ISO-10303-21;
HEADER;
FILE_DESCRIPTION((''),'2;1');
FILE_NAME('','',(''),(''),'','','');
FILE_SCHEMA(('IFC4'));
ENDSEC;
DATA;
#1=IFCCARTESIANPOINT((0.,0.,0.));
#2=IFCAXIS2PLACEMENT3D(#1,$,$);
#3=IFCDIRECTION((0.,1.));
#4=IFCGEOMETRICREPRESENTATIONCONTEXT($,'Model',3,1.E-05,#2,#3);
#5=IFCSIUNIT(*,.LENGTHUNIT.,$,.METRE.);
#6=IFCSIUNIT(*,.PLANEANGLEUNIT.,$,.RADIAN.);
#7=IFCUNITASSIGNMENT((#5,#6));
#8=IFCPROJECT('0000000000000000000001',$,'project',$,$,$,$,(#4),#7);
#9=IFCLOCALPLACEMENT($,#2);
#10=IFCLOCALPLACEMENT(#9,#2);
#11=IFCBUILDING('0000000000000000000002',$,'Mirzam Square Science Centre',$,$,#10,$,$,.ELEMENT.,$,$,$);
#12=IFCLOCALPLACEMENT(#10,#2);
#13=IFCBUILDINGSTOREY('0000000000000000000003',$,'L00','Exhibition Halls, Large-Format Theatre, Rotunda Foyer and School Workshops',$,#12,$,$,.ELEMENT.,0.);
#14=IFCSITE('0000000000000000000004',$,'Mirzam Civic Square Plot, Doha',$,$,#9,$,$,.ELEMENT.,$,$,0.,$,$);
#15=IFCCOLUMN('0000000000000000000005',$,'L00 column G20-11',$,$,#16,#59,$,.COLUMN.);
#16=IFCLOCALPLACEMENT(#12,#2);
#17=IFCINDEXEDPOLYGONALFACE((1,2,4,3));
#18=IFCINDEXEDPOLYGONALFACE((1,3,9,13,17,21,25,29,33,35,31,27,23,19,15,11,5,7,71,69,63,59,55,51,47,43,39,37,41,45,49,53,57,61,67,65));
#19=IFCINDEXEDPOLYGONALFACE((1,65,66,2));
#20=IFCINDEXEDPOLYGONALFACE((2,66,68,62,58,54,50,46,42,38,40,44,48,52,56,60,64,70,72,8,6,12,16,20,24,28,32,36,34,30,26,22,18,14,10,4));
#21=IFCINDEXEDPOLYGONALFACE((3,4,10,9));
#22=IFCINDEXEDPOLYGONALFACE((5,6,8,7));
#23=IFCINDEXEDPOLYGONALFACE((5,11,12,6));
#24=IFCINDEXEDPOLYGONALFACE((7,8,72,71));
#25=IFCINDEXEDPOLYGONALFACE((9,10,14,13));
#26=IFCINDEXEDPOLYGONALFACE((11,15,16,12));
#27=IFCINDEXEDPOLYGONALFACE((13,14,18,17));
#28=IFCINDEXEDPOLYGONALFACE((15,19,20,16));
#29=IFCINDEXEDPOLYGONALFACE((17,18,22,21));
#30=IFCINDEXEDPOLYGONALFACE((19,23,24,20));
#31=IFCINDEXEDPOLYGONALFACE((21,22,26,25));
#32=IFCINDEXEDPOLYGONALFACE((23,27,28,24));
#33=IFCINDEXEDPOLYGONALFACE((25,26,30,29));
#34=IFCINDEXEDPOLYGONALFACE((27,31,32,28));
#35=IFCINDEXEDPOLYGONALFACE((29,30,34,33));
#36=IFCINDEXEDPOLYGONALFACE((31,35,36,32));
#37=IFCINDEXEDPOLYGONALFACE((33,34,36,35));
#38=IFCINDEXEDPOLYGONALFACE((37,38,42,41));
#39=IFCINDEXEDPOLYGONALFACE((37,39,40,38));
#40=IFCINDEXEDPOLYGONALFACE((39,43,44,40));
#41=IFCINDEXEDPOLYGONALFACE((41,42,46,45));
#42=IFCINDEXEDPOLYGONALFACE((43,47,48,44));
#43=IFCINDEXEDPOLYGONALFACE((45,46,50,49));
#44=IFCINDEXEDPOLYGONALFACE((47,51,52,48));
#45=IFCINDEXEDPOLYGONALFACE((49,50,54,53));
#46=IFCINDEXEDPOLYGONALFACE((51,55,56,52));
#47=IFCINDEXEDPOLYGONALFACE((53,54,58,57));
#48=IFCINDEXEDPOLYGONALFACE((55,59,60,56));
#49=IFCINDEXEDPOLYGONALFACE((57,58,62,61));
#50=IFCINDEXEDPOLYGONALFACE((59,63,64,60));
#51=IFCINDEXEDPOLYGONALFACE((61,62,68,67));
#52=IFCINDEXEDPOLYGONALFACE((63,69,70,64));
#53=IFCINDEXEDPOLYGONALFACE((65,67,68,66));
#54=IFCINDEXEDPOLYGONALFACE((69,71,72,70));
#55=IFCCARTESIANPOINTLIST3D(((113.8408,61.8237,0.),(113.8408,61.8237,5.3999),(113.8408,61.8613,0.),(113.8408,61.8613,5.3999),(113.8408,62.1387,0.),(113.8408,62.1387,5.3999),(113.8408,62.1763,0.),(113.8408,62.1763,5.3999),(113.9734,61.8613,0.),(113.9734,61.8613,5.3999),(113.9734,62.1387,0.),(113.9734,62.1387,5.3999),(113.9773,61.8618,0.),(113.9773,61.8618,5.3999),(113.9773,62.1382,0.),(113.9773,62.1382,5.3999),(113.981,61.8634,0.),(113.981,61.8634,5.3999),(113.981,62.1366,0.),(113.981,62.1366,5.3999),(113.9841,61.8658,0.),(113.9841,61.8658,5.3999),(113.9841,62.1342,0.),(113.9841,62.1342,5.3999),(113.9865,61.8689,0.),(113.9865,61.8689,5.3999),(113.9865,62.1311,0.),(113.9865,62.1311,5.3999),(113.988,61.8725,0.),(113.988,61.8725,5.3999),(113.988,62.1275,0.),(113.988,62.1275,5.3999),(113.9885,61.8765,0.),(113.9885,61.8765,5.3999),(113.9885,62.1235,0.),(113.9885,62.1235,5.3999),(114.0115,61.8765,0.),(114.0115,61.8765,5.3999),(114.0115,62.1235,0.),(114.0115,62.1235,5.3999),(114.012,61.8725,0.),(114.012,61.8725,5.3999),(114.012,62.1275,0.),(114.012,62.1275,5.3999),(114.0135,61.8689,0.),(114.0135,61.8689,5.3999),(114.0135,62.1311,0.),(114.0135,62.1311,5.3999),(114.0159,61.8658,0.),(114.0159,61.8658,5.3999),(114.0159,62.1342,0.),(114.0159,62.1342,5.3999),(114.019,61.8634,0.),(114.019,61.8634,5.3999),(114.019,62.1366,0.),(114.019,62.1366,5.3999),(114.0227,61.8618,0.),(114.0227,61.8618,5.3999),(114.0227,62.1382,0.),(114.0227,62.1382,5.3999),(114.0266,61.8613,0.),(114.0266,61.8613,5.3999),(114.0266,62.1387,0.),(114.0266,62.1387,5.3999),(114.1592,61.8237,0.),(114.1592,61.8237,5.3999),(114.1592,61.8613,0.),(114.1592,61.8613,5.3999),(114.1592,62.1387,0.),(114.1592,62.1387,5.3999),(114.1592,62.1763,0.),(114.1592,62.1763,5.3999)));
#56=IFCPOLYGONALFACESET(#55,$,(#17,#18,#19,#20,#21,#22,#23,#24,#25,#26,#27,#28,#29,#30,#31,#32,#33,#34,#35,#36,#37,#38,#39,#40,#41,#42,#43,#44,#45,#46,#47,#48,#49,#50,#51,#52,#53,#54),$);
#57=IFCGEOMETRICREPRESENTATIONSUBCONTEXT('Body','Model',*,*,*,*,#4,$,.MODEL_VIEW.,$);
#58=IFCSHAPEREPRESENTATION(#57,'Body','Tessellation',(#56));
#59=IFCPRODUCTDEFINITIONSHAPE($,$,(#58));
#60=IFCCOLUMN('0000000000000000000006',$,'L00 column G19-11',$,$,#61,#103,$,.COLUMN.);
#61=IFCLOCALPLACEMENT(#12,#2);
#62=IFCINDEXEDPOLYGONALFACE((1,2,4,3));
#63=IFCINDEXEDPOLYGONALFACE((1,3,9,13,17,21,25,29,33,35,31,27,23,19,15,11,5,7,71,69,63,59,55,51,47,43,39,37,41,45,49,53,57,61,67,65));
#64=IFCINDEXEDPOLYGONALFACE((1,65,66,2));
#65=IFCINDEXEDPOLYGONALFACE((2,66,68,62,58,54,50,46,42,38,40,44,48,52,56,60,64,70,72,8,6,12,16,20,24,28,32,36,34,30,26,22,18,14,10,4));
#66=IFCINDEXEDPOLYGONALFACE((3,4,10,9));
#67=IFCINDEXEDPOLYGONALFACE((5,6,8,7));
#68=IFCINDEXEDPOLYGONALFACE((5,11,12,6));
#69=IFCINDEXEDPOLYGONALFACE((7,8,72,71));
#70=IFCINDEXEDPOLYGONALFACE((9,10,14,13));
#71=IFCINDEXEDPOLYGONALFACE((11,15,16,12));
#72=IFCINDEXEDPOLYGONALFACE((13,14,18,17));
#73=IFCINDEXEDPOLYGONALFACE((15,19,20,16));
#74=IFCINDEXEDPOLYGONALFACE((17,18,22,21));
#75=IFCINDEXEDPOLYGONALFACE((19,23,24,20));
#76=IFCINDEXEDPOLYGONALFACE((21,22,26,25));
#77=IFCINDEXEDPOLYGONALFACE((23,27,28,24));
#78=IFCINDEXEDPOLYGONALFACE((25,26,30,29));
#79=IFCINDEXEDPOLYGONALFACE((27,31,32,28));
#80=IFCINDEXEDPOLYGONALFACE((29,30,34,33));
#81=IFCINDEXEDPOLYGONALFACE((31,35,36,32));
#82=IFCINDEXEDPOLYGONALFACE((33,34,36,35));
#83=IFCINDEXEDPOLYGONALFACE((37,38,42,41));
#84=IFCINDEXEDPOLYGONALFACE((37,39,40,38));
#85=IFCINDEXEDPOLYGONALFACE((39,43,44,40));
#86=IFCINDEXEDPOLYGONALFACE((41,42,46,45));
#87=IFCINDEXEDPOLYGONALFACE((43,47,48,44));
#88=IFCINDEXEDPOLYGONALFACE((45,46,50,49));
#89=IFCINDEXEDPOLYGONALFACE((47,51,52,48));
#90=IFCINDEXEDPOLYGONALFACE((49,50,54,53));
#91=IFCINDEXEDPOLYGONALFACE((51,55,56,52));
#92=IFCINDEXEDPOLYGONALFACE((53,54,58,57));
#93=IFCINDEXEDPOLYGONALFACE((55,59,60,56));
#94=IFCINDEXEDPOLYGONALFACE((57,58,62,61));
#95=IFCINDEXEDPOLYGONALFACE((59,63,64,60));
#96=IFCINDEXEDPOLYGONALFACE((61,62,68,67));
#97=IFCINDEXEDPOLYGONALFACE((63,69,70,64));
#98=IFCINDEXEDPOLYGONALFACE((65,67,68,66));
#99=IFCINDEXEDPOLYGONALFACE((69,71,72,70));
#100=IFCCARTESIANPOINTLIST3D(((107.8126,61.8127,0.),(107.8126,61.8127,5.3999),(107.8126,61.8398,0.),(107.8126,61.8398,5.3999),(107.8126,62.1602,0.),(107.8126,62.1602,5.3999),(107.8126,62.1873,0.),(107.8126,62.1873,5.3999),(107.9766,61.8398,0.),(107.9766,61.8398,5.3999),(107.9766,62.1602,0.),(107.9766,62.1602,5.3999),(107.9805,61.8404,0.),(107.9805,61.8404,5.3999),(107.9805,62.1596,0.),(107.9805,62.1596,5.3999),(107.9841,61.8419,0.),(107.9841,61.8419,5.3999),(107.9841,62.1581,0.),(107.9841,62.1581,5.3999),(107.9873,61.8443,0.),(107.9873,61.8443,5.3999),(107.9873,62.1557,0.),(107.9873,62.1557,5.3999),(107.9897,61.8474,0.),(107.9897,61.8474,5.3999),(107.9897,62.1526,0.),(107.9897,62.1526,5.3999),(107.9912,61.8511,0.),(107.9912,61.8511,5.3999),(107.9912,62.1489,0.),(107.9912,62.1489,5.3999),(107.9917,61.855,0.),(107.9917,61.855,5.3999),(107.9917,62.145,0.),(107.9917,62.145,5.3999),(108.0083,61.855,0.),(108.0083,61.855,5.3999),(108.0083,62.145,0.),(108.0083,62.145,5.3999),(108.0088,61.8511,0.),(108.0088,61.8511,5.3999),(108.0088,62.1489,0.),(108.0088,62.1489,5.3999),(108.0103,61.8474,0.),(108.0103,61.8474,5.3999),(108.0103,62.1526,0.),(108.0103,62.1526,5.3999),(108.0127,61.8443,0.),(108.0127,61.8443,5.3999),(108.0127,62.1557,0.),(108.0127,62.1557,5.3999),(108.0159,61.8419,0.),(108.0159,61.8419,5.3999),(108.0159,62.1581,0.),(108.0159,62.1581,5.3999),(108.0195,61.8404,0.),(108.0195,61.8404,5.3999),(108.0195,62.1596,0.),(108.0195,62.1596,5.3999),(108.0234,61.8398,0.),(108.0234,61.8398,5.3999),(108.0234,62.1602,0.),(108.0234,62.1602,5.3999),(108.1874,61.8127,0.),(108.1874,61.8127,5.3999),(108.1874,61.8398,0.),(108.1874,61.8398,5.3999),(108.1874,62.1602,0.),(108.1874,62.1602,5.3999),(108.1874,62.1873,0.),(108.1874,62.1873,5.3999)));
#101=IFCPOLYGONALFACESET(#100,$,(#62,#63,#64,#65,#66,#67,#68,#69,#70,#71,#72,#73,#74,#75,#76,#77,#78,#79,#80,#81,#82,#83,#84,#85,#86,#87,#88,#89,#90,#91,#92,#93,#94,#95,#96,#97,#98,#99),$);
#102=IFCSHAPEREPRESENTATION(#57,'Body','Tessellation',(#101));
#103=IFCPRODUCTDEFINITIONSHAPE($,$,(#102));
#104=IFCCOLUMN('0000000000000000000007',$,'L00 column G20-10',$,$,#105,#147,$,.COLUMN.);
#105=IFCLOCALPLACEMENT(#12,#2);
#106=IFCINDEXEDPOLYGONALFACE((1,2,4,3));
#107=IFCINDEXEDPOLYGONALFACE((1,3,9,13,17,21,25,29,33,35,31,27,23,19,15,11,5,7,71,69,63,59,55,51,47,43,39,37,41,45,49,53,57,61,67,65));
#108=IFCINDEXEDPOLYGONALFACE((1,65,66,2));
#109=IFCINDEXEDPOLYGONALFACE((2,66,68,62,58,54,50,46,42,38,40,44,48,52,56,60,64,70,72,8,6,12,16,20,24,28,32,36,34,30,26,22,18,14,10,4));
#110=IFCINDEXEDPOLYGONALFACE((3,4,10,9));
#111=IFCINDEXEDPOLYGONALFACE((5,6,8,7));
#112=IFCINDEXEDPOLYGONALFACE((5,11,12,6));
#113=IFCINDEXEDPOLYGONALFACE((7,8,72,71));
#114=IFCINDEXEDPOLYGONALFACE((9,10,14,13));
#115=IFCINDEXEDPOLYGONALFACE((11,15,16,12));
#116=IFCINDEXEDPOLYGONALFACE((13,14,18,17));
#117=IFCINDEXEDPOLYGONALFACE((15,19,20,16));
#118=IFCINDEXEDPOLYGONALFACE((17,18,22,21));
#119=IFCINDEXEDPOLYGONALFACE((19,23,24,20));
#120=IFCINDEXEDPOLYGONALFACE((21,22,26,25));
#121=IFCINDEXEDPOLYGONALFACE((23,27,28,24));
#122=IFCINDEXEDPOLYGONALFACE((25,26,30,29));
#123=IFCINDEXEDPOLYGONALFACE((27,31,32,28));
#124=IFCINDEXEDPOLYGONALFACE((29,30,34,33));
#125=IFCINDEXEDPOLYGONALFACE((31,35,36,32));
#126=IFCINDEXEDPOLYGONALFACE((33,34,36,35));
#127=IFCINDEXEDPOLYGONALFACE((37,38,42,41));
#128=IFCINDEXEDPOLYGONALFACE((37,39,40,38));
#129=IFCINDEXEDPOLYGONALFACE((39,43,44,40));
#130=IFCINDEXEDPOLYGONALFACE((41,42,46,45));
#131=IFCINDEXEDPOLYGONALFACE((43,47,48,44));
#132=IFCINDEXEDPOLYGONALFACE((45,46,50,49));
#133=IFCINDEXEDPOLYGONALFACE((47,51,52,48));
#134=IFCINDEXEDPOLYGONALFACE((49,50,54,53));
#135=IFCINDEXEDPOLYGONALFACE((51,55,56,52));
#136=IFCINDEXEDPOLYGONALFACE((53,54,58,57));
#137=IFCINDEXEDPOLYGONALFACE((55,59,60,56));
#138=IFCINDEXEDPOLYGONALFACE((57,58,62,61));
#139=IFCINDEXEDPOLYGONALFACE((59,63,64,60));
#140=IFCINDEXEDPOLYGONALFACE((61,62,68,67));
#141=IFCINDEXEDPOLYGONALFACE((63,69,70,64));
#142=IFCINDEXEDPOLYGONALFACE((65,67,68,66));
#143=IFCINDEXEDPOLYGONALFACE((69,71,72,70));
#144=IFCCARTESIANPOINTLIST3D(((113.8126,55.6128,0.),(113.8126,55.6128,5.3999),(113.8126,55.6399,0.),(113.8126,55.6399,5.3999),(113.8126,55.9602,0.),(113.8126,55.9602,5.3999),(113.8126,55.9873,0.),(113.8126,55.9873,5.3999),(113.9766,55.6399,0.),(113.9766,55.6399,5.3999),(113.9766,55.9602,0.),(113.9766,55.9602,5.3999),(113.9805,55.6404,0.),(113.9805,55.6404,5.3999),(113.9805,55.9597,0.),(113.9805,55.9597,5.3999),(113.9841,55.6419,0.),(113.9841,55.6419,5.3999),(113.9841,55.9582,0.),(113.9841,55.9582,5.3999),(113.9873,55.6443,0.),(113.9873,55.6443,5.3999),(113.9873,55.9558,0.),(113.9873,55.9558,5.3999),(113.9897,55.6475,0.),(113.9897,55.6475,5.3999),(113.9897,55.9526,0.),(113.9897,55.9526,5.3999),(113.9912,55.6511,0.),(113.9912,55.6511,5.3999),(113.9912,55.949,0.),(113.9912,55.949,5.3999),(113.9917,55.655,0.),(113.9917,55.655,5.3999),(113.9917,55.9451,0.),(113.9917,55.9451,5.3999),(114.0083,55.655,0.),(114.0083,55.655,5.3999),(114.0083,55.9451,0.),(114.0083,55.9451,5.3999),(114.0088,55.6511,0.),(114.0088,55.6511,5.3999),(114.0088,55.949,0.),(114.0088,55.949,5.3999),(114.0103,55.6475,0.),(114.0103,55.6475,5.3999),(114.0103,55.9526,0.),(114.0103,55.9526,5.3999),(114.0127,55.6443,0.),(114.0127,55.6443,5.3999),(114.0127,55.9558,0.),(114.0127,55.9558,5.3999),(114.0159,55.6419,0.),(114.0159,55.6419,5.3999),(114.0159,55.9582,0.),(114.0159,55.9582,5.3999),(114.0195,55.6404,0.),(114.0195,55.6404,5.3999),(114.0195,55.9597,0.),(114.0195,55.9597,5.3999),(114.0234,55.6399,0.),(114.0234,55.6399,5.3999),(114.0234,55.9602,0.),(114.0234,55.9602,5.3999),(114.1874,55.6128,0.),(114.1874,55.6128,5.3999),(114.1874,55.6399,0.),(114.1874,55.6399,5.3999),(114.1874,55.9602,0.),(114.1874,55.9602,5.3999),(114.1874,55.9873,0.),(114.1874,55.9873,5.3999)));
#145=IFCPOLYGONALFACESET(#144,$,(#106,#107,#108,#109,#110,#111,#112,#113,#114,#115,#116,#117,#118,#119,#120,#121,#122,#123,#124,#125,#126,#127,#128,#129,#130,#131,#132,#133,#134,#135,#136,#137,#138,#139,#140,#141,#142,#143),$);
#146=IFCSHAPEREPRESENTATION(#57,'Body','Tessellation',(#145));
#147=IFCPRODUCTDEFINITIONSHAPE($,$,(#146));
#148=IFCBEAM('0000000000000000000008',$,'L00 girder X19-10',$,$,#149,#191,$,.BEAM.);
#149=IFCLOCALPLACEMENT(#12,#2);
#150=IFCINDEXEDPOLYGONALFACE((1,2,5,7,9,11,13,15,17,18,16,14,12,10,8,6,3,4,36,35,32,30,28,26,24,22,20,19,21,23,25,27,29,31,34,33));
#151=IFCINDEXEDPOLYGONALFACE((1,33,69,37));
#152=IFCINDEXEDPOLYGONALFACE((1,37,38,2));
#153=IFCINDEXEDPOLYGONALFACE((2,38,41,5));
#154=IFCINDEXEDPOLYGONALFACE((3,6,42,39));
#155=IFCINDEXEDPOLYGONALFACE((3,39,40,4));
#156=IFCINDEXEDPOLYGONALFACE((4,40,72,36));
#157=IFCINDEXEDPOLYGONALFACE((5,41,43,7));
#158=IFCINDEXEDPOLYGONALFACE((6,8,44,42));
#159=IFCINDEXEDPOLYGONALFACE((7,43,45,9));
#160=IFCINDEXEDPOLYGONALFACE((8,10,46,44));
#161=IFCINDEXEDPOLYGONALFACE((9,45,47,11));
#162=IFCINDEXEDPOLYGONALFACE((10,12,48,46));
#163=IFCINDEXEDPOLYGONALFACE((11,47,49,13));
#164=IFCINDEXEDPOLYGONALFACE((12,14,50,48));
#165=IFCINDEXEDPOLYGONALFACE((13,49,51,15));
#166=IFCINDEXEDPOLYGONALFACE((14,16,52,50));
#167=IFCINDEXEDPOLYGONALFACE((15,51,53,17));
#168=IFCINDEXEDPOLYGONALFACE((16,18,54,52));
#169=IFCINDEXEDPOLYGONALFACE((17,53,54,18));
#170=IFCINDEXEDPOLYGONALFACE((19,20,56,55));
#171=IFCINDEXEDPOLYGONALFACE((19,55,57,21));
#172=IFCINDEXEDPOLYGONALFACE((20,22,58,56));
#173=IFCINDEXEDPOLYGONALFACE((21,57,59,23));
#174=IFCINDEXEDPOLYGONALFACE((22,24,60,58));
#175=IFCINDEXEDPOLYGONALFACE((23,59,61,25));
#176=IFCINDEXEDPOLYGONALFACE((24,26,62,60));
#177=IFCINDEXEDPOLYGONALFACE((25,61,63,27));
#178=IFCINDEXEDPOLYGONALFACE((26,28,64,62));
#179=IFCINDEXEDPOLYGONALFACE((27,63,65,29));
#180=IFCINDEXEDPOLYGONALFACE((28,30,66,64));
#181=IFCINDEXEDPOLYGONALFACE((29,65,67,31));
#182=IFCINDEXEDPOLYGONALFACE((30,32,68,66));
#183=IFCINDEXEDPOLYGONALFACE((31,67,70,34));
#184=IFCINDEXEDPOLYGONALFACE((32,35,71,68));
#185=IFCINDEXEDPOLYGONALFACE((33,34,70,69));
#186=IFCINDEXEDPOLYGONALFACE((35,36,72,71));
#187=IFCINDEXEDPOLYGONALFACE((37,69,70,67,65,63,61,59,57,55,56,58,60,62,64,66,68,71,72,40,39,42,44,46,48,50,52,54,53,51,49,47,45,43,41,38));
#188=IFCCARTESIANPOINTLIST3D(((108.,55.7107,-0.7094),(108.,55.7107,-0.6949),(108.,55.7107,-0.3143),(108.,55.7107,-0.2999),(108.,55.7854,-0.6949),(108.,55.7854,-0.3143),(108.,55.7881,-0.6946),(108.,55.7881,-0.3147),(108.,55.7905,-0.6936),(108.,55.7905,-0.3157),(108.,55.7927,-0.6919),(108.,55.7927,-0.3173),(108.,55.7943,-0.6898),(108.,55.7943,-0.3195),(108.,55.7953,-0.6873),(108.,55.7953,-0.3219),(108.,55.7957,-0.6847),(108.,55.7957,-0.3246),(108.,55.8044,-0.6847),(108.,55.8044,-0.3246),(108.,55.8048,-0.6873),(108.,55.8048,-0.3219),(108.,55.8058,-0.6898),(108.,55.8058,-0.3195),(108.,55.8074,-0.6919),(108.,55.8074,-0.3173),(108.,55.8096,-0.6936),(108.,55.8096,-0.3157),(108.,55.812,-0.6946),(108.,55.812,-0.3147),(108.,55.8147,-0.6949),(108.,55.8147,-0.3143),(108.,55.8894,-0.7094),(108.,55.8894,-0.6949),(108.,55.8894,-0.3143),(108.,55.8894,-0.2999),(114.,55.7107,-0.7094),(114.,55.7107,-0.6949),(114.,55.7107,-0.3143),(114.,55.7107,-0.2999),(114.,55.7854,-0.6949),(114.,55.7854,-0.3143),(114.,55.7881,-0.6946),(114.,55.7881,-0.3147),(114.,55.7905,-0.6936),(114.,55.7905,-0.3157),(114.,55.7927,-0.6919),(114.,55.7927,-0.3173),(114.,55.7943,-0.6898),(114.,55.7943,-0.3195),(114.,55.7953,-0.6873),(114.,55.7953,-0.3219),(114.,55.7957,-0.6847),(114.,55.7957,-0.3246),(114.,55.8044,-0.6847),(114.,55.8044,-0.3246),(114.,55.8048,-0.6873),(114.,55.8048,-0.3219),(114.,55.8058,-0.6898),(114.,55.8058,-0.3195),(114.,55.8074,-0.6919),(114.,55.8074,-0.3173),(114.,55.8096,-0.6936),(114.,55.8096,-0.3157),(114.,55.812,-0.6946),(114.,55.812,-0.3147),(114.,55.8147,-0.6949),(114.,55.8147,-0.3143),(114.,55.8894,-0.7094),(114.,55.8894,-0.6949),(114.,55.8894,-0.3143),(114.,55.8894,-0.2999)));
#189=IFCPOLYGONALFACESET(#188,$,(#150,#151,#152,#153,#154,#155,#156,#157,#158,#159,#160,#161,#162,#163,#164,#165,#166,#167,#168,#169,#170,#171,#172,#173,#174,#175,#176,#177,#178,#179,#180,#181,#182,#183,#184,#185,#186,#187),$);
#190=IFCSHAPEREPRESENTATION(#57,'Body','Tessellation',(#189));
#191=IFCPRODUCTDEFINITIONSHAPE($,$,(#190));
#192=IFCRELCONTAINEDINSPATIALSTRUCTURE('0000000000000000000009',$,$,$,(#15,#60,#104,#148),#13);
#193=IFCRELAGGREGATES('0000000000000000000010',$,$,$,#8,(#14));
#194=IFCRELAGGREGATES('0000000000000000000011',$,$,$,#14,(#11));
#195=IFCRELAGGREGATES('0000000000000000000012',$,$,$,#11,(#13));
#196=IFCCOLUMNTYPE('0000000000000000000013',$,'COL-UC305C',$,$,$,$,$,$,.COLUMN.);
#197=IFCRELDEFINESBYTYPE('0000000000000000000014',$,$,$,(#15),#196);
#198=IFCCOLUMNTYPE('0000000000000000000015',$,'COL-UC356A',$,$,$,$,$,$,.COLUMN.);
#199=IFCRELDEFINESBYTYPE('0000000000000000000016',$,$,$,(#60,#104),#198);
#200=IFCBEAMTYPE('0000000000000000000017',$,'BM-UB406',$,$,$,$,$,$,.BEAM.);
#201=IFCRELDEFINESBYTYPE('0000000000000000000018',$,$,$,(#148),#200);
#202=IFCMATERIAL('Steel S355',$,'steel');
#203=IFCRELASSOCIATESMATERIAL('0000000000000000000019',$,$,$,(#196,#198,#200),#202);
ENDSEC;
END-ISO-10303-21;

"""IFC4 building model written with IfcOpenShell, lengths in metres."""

from ifc_helpers import new_model, si_unit, direction, frame, origin, origin_2d, place, context, subcontext, project, spatial, i_section, extrude, material, material_profile, profile_set, type_object, element, save


model = new_model("IFC4")

# Units and contexts
model_context = context("Model", 3, precision=1e-05, world=origin(), true_north=direction((0.0, 1.0)))
body_context = subcontext(model_context, "Body", "Model", "MODEL_VIEW")
ifc_project = project(units=[si_unit("LENGTHUNIT", "METRE"), si_unit("PLANEANGLEUNIT", "RADIAN")], contexts=[model_context])

# Site, building, storey
site_placement = place(None, origin())
site = spatial("IfcSite", under=ifc_project, at=site_placement, Name="Mirzam Civic Square Plot, Doha", CompositionType="ELEMENT", RefElevation=0.0)
building_placement = place(site_placement, origin())
building = spatial("IfcBuilding", under=site, at=building_placement, Name="Mirzam Square Science Centre", CompositionType="ELEMENT")
storey_placement = place(building_placement, origin())
storey = spatial("IfcBuildingStorey", under=building, at=storey_placement, Name="L00", Description="Exhibition Halls, Large-Format Theatre, Rotunda Foyer and School Workshops", CompositionType="ELEMENT", Elevation=0.0)

# Columns
ifc_material_1 = material(Name="Steel S355", Category="steel")
ifc_material_profile_1 = material_profile(ifc_material_1, i_section(OverallWidth=0.3184, OverallDepth=0.3525, WebThickness=0.0229, FlangeThickness=0.0376, FilletRadius=0.0151, at=origin_2d()), Name="305x305x240UC")
ifc_profile_set_1 = profile_set([ifc_material_profile_1], Name="Steel S355")
column_type_1 = type_object("IfcColumnType", Name="COL-UC305C", PredefinedType="COLUMN", material=ifc_profile_set_1)
column_1_placement = place(storey_placement, frame((114.0, 62.0, 0.0), z_axis=(0.0, 0.0, 1.0), x_axis=(1.0, 0.0, 0.0)))
element("IfcColumn", 1, at=column_1_placement, inside=storey, type_object=column_type_1, Name="L00 column G20-11", PredefinedType="COLUMN", context=body_context, shape_type="SweptSolid", body=[
    extrude(i_section(OverallWidth=0.3184, OverallDepth=0.3525, WebThickness=0.0229, FlangeThickness=0.0376, FilletRadius=0.0151, at=origin_2d()), origin(), (0.0, 0.0, 1.0), 5.3999),
])
ifc_material_profile_2 = material_profile(ifc_material_1, i_section(OverallWidth=0.3748, OverallDepth=0.3745, WebThickness=0.0166, FlangeThickness=0.0271, FilletRadius=0.0151, at=origin_2d()), Name="356x368x202UC")
ifc_profile_set_2 = profile_set([ifc_material_profile_2], Name="Steel S355")
column_type_2 = type_object("IfcColumnType", Name="COL-UC356A", PredefinedType="COLUMN", material=ifc_profile_set_2)
for number, where, z_axis, x_axis, name in (
    (2, (108.0, 62.0, 0.0), (0.0, 0.0, 1.0), (1.0, 0.0, 0.0), "L00 column G19-11"),
    (3, (114.0, 55.8, 0.0), (0.0, 0.0, 1.0), (1.0, 0.0, 0.0), "L00 column G20-10"),
):
    element("IfcColumn", number, at=place(storey_placement, frame(where, z_axis=z_axis, x_axis=x_axis)), inside=storey, type_object=column_type_2, Name=name, PredefinedType="COLUMN", context=body_context, shape_type="SweptSolid", body=[
        extrude(i_section(OverallWidth=0.3748, OverallDepth=0.3745, WebThickness=0.0166, FlangeThickness=0.0271, FilletRadius=0.0151, at=origin_2d()), origin(), (0.0, 0.0, 1.0), 5.3999),
    ])

# Beam
ifc_material_profile_3 = material_profile(ifc_material_1, i_section(OverallWidth=0.1787, OverallDepth=0.4094, WebThickness=0.0088, FlangeThickness=0.0144, FilletRadius=0.0103, at=origin_2d()), Name="406x178x67UB")
ifc_profile_set_3 = profile_set([ifc_material_profile_3], Name="Steel S355")
beam_type_1 = type_object("IfcBeamType", Name="BM-UB406", PredefinedType="BEAM", material=ifc_profile_set_3)
beam_1_placement = place(storey_placement, frame((108.0, 55.8, -0.5046), z_axis=(1.0, 0.0, 0.0), x_axis=(0.0, 1.0, 0.0)))
element("IfcBeam", 4, at=beam_1_placement, inside=storey, type_object=beam_type_1, Name="L00 girder X19-10", PredefinedType="BEAM", context=body_context, shape_type="SweptSolid", body=[
    extrude(i_section(OverallWidth=0.1787, OverallDepth=0.4094, WebThickness=0.0088, FlangeThickness=0.0144, FilletRadius=0.0103, at=origin_2d()), origin(), (0.0, 0.0, 1.0), 6.0),
])

save(model, "model.ifc")
